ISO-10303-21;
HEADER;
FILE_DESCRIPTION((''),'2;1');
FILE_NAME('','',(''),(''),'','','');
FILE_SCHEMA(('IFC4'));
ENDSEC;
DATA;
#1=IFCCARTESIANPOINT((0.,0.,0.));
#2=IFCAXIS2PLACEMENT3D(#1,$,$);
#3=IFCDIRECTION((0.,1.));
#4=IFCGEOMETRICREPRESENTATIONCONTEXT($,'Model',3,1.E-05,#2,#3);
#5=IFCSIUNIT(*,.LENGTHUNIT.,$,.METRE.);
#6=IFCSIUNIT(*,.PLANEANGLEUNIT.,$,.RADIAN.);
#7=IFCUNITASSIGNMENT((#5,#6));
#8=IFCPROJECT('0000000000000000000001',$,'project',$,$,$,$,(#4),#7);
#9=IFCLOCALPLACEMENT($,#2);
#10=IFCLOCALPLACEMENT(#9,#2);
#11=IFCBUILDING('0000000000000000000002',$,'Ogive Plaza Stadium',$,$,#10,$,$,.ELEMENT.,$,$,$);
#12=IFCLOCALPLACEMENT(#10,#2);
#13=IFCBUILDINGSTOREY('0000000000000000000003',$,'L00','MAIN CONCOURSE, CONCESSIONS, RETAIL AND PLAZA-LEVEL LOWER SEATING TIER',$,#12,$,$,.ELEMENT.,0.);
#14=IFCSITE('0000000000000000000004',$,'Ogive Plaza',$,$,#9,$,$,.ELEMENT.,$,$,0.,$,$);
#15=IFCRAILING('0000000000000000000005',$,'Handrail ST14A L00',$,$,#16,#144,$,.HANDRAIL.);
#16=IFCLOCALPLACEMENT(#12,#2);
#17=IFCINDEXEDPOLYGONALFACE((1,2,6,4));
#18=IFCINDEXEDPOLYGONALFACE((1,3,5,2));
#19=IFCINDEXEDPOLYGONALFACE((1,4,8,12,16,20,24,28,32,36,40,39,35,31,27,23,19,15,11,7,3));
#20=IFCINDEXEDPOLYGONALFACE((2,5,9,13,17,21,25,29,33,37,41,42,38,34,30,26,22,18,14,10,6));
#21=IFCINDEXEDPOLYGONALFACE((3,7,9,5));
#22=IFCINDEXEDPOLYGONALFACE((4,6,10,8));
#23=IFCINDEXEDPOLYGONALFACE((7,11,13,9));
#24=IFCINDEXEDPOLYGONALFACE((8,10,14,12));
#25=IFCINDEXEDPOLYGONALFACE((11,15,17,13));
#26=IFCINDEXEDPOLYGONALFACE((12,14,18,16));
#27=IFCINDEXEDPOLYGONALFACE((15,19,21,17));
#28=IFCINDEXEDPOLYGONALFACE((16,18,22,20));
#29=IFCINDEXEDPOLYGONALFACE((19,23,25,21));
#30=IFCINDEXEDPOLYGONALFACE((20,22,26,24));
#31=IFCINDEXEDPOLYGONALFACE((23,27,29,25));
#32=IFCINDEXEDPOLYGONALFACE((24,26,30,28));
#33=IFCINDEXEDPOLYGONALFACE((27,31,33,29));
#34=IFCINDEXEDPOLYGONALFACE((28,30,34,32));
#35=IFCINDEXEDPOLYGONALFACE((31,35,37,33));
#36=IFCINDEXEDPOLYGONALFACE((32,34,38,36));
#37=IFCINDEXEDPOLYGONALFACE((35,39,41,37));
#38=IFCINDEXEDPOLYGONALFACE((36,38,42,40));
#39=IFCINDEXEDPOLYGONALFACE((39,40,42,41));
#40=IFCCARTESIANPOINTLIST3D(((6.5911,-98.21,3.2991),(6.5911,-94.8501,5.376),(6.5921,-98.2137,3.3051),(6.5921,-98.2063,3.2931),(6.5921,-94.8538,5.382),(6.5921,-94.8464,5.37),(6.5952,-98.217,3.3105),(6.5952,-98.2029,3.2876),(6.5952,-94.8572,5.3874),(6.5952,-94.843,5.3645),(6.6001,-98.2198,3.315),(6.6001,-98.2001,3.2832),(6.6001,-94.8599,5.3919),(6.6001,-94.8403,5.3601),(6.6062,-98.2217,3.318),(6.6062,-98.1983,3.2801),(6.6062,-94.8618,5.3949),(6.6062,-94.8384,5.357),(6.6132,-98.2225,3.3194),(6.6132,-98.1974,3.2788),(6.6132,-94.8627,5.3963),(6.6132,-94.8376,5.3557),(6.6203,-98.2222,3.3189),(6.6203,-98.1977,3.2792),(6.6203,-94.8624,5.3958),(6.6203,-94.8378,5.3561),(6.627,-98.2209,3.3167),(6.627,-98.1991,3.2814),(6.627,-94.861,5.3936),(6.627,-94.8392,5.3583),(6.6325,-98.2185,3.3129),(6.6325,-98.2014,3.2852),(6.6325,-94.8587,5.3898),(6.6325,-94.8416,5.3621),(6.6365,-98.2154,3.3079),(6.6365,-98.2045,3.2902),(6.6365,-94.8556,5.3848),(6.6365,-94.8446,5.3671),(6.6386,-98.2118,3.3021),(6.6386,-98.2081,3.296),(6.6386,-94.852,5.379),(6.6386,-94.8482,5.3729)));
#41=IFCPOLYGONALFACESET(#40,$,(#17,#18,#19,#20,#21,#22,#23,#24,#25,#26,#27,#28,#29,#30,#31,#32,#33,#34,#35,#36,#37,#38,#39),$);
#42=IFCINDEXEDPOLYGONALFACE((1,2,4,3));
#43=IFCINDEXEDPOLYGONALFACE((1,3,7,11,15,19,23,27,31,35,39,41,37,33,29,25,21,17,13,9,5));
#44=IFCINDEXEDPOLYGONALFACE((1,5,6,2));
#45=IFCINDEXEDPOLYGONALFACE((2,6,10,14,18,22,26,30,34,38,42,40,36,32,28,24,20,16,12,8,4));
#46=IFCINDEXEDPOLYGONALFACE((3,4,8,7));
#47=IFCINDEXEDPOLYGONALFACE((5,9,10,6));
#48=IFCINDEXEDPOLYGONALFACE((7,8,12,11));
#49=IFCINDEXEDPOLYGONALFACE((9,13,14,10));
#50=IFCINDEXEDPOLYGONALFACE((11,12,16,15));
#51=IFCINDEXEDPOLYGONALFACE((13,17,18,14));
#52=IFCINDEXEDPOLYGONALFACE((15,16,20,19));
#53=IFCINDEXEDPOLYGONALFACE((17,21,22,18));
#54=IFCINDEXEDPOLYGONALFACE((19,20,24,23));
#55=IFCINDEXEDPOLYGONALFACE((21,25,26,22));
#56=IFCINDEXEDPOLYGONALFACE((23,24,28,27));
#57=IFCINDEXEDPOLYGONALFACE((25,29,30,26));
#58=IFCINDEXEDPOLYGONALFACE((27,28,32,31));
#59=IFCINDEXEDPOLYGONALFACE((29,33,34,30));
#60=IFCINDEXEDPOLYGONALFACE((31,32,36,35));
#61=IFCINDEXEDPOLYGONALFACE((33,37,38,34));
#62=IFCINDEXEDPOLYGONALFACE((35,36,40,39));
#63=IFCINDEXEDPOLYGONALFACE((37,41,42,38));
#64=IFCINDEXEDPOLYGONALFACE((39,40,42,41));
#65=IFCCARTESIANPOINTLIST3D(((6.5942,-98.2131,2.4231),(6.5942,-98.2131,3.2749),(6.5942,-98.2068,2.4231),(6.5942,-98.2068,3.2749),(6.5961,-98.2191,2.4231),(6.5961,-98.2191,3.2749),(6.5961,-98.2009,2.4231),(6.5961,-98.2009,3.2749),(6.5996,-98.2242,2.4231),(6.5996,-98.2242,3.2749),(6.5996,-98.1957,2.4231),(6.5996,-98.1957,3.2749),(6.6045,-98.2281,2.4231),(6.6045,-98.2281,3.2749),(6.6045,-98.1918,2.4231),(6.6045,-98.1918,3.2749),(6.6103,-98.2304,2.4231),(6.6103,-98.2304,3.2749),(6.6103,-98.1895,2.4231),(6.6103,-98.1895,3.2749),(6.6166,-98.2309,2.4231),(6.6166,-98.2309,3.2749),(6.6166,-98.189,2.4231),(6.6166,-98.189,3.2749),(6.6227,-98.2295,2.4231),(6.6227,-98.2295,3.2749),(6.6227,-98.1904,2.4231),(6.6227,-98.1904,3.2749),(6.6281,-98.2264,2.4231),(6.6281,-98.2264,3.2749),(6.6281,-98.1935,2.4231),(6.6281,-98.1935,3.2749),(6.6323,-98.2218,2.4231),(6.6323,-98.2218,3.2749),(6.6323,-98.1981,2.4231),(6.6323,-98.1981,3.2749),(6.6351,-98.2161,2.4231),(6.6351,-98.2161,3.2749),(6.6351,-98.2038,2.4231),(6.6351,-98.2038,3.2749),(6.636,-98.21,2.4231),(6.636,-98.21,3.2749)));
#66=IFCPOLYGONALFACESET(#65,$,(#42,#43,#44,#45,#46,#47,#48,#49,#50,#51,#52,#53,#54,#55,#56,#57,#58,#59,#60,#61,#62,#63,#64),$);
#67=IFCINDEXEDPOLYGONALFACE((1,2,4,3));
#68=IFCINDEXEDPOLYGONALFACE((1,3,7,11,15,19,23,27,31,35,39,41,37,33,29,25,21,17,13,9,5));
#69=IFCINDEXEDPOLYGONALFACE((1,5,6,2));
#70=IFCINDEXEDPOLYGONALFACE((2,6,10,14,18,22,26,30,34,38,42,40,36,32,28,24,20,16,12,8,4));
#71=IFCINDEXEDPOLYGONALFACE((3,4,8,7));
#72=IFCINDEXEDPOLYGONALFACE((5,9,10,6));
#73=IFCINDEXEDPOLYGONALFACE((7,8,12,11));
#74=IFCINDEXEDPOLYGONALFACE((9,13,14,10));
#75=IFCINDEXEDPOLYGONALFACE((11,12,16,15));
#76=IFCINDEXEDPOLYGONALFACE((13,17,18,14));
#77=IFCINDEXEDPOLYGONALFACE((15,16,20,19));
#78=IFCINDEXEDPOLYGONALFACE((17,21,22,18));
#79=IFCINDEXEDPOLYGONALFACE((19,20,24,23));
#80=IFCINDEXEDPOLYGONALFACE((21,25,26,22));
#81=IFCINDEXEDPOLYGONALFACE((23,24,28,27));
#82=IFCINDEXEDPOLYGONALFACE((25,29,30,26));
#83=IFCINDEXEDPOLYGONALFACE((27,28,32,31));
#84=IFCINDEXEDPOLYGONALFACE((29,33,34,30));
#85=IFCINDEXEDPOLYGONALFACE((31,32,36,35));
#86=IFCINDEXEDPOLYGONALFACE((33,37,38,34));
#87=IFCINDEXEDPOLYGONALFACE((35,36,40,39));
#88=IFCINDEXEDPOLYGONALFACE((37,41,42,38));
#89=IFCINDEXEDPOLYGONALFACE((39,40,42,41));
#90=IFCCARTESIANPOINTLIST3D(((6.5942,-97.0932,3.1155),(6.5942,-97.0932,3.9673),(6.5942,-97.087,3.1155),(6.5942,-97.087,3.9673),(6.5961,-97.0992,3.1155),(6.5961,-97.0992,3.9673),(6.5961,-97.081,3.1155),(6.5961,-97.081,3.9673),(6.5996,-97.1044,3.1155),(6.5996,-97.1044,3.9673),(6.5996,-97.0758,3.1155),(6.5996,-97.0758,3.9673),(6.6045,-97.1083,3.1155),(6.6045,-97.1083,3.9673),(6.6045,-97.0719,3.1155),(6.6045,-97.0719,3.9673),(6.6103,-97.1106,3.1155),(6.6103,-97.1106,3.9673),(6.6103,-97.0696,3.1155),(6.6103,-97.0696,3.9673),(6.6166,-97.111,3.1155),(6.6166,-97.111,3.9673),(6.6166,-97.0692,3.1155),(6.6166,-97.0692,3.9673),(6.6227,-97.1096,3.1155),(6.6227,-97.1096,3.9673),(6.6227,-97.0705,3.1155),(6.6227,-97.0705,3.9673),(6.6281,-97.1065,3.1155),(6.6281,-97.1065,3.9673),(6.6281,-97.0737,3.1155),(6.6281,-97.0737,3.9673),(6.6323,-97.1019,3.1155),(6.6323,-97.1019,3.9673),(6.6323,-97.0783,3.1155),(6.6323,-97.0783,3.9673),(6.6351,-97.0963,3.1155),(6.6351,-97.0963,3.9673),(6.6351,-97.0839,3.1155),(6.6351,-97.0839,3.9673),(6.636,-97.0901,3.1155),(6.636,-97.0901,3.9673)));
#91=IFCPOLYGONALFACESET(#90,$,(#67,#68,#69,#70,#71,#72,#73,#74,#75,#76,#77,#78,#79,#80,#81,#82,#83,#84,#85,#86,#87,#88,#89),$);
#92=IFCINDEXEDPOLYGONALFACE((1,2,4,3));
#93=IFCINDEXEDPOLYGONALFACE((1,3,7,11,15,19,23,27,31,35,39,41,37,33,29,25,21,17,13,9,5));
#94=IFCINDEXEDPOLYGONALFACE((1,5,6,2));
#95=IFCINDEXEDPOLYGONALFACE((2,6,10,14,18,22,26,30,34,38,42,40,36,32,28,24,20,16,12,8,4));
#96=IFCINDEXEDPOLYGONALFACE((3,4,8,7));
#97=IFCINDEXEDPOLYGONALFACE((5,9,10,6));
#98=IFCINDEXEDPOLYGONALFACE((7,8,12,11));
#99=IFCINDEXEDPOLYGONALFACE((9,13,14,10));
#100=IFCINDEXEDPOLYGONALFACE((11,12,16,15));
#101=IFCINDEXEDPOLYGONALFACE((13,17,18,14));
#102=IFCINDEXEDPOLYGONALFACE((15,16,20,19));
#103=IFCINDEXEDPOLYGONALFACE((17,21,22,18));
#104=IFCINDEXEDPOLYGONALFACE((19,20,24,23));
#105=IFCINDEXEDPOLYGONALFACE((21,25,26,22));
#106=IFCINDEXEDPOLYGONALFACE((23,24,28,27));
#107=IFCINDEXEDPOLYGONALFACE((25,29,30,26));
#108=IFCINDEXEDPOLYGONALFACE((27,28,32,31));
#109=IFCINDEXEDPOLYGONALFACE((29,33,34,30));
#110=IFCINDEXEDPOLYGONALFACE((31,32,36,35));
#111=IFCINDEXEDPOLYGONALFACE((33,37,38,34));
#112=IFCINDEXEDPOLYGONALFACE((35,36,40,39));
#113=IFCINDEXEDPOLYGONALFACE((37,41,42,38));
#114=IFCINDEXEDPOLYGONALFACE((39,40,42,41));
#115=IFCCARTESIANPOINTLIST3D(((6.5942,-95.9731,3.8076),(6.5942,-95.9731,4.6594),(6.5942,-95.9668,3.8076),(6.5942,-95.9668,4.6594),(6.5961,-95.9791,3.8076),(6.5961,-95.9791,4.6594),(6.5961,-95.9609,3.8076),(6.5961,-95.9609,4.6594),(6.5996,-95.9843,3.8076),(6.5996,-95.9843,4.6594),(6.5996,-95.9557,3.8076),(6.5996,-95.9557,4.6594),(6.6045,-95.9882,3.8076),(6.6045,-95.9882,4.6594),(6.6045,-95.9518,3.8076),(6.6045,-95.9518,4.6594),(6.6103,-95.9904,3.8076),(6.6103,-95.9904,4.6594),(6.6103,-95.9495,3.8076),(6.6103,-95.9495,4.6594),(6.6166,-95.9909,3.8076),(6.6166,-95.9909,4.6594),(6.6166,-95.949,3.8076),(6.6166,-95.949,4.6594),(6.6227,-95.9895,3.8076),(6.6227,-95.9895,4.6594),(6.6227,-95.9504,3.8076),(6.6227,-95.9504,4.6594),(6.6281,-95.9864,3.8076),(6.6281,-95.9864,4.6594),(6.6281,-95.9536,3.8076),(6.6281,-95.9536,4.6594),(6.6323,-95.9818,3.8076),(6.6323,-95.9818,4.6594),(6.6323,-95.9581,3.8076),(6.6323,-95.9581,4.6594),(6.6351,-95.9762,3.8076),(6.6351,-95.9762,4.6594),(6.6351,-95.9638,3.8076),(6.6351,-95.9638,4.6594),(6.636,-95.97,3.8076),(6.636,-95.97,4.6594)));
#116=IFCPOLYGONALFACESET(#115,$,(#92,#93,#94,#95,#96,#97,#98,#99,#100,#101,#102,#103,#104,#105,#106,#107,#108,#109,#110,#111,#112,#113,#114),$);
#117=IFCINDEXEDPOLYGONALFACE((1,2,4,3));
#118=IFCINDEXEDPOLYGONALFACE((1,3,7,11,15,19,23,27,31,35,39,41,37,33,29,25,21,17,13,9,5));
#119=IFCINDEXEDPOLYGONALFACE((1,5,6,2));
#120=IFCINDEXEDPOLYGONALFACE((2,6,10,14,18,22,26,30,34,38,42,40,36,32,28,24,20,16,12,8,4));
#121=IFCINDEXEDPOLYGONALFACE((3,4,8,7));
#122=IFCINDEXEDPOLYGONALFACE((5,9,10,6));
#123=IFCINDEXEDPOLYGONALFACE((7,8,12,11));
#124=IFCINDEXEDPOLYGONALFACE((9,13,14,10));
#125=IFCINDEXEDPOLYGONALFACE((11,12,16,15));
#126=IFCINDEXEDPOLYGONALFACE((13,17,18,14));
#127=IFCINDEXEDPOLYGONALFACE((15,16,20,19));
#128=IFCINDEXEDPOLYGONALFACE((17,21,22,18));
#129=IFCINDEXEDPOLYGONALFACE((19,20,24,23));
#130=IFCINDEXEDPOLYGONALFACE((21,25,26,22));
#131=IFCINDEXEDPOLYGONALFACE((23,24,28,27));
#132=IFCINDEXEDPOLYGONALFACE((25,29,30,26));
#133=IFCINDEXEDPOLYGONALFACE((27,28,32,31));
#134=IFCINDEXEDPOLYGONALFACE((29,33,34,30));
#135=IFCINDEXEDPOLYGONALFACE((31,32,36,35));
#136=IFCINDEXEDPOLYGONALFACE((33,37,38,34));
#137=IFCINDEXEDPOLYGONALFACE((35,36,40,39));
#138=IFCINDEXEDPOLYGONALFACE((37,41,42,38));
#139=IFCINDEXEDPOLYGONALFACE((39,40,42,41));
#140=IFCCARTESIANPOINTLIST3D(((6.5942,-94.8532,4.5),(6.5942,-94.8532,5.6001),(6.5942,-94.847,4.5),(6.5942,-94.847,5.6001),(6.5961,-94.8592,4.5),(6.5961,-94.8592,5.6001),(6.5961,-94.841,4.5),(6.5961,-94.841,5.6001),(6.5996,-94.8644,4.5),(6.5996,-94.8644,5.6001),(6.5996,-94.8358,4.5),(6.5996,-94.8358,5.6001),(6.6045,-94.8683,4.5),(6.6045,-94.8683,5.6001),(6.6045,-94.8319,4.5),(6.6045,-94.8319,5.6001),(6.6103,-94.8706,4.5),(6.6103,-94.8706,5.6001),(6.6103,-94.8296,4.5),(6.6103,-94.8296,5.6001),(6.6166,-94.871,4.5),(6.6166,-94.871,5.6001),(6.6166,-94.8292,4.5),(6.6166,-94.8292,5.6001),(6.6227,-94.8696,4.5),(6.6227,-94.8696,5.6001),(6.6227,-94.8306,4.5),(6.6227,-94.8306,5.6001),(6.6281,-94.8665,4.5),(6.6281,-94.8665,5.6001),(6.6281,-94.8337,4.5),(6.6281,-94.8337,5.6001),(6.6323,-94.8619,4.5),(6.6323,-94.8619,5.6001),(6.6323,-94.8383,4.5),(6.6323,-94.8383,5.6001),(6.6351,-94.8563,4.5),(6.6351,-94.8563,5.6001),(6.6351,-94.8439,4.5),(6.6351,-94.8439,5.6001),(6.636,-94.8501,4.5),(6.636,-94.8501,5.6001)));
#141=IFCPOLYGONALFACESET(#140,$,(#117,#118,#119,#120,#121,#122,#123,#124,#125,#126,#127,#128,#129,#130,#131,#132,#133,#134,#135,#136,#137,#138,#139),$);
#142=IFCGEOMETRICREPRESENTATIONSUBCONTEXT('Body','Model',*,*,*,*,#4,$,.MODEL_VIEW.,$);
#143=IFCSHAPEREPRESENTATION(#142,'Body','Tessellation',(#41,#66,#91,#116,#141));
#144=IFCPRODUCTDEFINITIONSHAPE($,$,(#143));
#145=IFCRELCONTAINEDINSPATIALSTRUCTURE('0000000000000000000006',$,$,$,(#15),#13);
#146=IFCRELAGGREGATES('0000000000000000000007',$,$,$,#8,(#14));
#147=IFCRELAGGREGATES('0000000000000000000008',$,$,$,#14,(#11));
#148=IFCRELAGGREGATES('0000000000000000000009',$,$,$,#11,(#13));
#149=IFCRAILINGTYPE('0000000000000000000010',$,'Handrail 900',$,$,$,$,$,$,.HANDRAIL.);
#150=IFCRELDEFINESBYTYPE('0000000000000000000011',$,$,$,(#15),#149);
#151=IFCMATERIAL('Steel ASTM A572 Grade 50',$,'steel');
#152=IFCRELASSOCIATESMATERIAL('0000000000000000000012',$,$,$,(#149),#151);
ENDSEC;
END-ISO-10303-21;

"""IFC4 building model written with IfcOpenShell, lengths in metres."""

from ifc_helpers import new_model, si_unit, direction, frame, origin, origin_2d, place, context, subcontext, project, spatial, circle, extrude, material, type_object, element, save


model = new_model("IFC4")

# Units and contexts
model_context = context("Model", 3, precision=1e-05, world=origin(), true_north=direction((0.0, 1.0)))
body_context = subcontext(model_context, "Body", "Model", "MODEL_VIEW")
ifc_project = project(units=[si_unit("LENGTHUNIT", "METRE"), si_unit("PLANEANGLEUNIT", "RADIAN")], contexts=[model_context])

# Site, building, storey
site_placement = place(None, origin())
site = spatial("IfcSite", under=ifc_project, at=site_placement, Name="Ogive Plaza", CompositionType="ELEMENT", RefElevation=0.0)
building_placement = place(site_placement, origin())
building = spatial("IfcBuilding", under=site, at=building_placement, Name="Ogive Plaza Stadium", CompositionType="ELEMENT")
storey_placement = place(building_placement, origin())
storey = spatial("IfcBuildingStorey", under=building, at=storey_placement, Name="L00", Description="MAIN CONCOURSE, CONCESSIONS, RETAIL AND PLAZA-LEVEL LOWER SEATING TIER", CompositionType="ELEMENT", Elevation=0.0)

# Railing
ifc_material_1 = material(Name="Steel ASTM A572 Grade 50", Category="steel")
railing_type = type_object("IfcRailingType", Name="Handrail 900", PredefinedType="HANDRAIL", material=ifc_material_1)
for number, where, name in (
    (1, (6.615, -98.21, 2.4231), "Handrail ST14A L00"),
):
    element("IfcRailing", number, at=place(storey_placement, frame(where)), inside=storey, type_object=railing_type, Name=name, PredefinedType="HANDRAIL", context=body_context, shape_type="SweptSolid", body=[
        extrude(circle(Radius=0.0239, at=origin_2d()), frame((0.0, 0.0, 0.876), z_axis=(0.0, 0.850606, 0.525803), x_axis=(-1.0, 0.0, 0.0)), (0.0, 0.0, 1.0), 3.95),
        extrude(circle(Radius=0.021, at=origin_2d()), origin(), (0.0, 0.0, 1.0), 0.8518),
        extrude(circle(Radius=0.021, at=origin_2d()), frame((0.0, 1.1199, 0.6924)), (0.0, 0.0, 1.0), 0.8518),
        extrude(circle(Radius=0.021, at=origin_2d()), frame((0.0, 2.24, 1.3845)), (0.0, 0.0, 1.0), 0.8518),
        extrude(circle(Radius=0.021, at=origin_2d()), frame((0.0, 3.3599, 2.0769)), (0.0, 0.0, 1.0), 1.1001),
    ])

save(model, "model.ifc")
